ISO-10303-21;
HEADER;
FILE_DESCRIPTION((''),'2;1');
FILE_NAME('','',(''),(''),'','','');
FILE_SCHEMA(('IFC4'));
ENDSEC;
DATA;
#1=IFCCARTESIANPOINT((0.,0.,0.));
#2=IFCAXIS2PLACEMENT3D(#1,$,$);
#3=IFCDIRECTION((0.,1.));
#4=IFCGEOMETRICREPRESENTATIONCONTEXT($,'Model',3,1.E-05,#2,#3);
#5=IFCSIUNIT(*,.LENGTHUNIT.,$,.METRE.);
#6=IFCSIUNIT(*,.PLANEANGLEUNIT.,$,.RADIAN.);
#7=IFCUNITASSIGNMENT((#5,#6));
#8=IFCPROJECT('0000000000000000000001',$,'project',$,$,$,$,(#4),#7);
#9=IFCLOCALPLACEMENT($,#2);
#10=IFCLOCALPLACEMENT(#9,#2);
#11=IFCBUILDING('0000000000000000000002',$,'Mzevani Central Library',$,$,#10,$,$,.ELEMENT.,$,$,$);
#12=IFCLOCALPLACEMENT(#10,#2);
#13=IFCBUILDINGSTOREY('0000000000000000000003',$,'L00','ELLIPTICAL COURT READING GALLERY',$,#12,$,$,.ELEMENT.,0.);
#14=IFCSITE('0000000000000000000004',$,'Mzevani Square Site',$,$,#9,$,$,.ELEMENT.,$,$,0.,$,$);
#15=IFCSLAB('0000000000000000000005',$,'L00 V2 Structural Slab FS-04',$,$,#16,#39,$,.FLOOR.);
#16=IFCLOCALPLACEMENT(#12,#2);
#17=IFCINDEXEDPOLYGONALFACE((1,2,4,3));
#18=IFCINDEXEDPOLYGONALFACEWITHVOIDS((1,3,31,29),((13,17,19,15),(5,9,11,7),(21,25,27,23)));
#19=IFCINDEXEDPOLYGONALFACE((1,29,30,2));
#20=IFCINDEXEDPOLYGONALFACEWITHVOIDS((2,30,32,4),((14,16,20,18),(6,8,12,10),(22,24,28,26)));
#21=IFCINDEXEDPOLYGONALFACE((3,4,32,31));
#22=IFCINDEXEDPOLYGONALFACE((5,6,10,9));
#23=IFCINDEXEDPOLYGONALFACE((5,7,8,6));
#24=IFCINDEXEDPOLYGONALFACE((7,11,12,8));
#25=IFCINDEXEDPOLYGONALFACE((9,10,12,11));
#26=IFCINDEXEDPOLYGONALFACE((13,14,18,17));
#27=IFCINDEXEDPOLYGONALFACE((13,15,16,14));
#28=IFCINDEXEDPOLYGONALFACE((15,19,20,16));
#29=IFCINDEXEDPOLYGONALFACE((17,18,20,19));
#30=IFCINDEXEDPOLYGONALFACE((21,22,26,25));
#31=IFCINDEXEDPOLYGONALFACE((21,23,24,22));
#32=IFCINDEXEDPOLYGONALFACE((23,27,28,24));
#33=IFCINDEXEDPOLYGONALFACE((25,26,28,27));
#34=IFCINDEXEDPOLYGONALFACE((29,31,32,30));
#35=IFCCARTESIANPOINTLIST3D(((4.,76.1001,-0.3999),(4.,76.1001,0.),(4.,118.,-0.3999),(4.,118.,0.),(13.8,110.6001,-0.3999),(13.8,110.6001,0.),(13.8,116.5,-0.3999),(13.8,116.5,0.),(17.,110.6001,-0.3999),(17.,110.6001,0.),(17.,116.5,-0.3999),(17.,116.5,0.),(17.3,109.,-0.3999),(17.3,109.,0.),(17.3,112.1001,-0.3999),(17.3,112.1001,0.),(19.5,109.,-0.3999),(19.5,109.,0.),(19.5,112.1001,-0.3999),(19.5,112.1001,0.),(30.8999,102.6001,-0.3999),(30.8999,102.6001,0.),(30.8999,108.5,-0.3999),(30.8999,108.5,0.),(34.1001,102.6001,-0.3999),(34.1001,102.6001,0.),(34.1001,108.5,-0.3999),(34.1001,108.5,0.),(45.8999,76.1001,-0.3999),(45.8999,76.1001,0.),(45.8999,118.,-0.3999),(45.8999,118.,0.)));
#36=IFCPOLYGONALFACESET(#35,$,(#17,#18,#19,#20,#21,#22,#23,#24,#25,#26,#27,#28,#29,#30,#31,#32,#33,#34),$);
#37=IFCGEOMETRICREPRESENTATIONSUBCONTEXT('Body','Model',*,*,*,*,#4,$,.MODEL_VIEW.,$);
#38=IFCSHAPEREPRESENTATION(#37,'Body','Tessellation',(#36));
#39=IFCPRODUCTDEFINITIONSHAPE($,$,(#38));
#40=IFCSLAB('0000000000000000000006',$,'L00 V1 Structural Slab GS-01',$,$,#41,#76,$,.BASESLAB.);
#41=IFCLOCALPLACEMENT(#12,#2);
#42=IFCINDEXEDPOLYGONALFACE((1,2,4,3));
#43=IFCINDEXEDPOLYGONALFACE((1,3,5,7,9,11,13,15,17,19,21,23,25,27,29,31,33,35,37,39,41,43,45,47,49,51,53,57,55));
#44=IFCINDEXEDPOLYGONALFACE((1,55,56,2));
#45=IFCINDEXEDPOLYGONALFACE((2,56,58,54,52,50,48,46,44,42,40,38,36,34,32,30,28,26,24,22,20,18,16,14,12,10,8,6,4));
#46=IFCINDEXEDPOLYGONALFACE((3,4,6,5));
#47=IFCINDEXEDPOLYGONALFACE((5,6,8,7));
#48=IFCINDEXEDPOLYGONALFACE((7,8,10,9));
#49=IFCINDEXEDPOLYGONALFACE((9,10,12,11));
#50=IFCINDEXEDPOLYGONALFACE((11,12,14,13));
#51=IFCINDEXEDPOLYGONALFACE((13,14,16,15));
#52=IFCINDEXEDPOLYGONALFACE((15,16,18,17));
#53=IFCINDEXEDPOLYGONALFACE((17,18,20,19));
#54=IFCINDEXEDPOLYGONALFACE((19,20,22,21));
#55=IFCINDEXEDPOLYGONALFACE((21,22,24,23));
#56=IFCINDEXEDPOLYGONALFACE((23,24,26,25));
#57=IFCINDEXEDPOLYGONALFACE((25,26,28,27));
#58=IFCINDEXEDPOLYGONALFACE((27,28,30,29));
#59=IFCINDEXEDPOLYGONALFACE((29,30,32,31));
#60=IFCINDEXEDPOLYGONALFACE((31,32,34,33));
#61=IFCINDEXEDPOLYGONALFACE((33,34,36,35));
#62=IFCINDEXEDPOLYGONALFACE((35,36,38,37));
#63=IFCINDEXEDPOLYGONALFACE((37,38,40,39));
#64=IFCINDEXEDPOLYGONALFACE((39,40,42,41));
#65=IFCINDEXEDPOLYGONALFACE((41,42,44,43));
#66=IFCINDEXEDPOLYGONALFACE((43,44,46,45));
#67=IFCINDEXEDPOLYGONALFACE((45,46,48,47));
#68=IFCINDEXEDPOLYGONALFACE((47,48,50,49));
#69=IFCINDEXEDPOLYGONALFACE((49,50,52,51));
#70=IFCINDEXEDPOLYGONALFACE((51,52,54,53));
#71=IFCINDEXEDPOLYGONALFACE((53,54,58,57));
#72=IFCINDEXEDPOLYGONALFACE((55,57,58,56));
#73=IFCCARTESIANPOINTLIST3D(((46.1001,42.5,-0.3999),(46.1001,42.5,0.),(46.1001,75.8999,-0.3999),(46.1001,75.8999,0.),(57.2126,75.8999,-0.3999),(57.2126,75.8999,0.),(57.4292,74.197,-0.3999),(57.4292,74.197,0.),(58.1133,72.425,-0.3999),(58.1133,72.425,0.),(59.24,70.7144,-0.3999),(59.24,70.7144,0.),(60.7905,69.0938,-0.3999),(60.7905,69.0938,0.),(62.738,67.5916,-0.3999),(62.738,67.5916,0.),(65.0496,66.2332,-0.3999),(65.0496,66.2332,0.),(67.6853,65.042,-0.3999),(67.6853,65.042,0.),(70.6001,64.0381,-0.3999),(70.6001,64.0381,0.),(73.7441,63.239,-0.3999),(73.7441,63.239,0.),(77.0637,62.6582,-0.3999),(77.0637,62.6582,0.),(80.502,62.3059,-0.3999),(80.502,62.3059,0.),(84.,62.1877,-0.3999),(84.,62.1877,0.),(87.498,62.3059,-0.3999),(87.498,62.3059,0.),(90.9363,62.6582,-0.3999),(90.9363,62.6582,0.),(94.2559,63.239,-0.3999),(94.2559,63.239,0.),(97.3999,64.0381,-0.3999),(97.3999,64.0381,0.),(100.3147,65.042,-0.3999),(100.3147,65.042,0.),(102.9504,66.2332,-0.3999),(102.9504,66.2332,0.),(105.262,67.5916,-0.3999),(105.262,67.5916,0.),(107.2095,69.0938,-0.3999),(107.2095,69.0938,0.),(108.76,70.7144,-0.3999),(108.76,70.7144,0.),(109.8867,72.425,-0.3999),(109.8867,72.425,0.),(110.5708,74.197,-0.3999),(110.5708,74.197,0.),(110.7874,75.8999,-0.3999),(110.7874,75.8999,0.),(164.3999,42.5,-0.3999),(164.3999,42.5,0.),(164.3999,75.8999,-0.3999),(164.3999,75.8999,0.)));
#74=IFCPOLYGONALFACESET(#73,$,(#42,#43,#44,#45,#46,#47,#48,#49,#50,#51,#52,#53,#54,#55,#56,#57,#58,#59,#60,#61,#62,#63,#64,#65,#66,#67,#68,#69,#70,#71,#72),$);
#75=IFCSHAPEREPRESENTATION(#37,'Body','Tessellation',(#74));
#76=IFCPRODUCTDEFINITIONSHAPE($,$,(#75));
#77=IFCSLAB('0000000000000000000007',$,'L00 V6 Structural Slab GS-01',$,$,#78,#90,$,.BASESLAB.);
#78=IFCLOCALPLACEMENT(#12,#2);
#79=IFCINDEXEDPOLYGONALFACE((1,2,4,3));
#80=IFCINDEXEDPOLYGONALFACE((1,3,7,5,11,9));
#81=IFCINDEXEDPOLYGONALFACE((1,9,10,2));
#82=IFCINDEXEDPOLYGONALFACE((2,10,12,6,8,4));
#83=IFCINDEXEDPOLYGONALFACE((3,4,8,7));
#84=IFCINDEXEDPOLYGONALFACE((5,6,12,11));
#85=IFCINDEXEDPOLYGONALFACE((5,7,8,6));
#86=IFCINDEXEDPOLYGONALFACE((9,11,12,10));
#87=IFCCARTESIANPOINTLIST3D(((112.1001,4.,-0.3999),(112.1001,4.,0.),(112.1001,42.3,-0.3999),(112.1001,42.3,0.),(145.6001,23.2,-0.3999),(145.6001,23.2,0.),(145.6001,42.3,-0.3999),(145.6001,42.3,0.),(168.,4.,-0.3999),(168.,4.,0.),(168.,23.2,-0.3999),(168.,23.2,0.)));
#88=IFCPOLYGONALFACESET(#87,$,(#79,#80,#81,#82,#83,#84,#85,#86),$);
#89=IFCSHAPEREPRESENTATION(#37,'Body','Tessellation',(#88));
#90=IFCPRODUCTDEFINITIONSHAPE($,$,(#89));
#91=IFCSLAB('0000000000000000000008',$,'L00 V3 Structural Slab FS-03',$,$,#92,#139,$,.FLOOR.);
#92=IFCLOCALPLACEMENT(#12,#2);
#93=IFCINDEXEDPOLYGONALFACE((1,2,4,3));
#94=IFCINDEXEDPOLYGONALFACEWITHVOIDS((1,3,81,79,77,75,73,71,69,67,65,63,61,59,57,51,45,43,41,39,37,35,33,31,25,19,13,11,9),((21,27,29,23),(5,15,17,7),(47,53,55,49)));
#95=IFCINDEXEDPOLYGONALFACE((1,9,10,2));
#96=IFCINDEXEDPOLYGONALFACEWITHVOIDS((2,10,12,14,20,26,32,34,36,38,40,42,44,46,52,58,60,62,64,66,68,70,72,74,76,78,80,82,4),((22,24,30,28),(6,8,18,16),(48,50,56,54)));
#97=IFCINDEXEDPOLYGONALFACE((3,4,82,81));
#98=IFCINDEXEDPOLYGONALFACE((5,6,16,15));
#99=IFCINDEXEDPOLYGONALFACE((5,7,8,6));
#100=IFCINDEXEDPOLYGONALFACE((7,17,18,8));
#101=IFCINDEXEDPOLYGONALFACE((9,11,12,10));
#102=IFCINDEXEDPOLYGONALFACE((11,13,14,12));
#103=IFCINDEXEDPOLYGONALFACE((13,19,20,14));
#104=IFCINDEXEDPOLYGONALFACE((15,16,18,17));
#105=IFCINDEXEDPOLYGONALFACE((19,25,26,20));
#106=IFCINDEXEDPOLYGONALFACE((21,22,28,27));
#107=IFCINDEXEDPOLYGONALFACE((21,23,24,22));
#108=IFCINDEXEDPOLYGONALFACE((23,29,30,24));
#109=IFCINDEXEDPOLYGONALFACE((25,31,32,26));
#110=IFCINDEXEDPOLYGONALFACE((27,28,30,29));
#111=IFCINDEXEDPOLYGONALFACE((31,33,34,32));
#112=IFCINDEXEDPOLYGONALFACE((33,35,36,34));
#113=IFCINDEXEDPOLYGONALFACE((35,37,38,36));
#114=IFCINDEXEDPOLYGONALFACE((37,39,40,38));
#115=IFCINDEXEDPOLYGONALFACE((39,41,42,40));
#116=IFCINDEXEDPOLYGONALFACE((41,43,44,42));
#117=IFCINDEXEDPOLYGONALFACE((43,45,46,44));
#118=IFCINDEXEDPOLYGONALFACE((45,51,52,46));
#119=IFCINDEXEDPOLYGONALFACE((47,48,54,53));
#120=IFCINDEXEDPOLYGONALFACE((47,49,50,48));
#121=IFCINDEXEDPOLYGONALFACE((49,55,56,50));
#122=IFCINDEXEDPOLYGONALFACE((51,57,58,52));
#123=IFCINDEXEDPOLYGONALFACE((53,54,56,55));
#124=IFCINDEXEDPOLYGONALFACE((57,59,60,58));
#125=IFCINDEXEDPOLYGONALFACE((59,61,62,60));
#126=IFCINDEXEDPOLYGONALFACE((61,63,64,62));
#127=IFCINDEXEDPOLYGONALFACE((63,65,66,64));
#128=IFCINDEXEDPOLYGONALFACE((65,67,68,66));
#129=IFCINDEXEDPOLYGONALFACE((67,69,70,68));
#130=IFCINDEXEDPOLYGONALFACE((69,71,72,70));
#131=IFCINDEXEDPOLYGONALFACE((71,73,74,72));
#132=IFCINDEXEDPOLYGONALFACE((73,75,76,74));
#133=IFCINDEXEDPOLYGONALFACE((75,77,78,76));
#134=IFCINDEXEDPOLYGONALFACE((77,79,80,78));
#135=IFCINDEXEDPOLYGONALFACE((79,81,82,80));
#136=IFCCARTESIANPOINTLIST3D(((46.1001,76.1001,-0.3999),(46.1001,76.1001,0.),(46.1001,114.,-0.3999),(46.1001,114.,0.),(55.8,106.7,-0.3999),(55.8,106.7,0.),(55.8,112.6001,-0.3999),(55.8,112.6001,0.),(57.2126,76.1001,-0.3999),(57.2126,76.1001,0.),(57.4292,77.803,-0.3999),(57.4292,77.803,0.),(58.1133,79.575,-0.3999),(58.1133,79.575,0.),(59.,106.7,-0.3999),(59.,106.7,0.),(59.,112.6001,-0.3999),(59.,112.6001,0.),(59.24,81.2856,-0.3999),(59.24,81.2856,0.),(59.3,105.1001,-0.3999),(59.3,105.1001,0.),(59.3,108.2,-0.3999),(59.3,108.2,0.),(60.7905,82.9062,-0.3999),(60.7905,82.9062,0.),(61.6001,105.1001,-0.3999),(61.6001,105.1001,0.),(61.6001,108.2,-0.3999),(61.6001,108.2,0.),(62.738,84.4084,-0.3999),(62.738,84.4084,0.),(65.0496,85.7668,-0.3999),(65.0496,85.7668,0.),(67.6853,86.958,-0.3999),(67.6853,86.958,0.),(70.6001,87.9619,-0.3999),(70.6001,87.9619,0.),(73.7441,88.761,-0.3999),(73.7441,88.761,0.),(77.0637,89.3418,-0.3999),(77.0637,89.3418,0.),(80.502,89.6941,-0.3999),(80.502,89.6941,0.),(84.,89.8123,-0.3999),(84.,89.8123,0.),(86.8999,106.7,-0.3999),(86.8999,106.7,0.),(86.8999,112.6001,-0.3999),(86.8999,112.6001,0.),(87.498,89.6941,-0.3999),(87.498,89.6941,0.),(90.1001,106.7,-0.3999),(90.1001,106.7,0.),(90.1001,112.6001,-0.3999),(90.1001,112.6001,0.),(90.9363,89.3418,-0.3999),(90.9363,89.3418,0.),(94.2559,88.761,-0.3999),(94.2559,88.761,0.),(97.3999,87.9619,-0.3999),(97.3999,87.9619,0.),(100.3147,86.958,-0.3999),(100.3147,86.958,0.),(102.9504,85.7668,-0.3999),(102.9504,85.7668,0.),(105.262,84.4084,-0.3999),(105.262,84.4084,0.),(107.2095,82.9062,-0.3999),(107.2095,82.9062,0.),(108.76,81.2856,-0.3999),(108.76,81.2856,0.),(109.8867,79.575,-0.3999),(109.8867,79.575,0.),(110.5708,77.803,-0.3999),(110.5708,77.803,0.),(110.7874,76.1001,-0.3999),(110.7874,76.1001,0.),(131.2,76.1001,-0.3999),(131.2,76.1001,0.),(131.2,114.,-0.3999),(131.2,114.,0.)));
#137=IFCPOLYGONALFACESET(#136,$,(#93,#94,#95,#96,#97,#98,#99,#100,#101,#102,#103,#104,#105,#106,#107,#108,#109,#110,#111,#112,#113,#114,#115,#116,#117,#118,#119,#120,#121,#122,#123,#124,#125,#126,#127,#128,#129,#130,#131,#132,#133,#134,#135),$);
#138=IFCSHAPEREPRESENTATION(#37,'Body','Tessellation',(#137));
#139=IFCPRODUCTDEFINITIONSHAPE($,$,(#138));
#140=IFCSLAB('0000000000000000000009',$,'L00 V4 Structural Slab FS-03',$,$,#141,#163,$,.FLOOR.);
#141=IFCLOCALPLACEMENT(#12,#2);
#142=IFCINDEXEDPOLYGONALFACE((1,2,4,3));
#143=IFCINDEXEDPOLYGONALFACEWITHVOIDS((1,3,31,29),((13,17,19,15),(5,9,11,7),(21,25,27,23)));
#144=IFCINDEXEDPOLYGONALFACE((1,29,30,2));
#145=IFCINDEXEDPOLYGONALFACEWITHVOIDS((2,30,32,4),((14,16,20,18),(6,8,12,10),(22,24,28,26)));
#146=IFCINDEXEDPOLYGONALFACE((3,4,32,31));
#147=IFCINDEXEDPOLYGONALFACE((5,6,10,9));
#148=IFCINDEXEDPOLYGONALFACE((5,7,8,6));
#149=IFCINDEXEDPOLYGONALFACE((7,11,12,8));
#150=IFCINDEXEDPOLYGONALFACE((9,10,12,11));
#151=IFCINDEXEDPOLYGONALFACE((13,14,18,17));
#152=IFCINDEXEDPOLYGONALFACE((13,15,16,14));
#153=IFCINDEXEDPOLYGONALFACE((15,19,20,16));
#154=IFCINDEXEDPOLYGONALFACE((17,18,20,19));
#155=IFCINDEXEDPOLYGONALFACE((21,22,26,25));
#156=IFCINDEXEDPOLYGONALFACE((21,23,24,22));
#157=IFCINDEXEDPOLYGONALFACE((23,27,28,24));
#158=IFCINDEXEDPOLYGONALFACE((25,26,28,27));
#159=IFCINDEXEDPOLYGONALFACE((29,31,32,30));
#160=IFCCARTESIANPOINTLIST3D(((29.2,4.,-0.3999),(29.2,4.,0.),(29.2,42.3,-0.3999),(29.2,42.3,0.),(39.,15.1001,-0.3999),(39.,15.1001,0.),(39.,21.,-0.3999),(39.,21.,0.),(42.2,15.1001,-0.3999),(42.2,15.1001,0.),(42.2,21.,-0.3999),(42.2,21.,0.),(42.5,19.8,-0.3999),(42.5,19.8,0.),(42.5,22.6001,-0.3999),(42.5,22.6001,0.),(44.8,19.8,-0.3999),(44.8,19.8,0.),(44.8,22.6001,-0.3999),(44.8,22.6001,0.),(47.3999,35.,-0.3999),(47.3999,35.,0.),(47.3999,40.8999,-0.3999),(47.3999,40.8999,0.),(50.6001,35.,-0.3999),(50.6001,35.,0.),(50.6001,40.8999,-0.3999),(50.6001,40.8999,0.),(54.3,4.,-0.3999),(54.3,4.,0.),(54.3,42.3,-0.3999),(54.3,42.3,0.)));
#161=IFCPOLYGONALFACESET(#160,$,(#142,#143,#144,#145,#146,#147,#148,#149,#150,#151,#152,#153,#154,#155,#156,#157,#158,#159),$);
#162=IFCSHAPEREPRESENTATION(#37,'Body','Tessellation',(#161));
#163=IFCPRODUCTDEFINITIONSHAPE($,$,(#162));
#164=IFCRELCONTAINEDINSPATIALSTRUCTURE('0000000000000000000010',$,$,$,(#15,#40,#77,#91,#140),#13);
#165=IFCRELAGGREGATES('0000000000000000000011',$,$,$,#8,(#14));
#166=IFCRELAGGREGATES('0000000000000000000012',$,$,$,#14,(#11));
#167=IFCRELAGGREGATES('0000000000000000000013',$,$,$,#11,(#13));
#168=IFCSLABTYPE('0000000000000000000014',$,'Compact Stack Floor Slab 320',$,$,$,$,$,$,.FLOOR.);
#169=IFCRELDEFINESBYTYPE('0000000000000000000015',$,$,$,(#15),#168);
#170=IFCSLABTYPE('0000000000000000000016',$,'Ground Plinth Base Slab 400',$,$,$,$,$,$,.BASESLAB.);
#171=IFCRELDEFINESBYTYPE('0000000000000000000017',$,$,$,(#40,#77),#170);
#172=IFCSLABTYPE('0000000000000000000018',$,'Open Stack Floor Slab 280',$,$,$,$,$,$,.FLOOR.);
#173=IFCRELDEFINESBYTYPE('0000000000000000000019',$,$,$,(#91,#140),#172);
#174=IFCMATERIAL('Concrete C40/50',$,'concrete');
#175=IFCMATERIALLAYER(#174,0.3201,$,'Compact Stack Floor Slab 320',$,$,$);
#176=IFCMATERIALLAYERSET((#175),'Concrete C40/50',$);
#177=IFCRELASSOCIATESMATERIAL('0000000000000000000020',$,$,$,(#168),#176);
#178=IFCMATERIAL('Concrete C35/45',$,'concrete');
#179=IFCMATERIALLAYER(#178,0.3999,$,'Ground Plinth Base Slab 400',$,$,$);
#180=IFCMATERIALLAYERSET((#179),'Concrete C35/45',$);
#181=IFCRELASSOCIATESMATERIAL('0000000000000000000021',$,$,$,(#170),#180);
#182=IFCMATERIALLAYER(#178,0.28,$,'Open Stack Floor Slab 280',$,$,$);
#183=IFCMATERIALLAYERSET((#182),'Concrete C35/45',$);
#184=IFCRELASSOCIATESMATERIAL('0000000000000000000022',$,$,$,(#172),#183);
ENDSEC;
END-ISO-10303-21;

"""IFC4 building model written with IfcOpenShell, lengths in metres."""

from ifc_helpers import new_model, si_unit, direction, frame, origin, place, context, subcontext, project, spatial, polyline, outline, extrude, material, layer, layer_set, type_object, element, save


model = new_model("IFC4")

# Units and contexts
model_context = context("Model", 3, precision=1e-05, world=origin(), true_north=direction((0.0, 1.0)))
body_context = subcontext(model_context, "Body", "Model", "MODEL_VIEW")
ifc_project = project(units=[si_unit("LENGTHUNIT", "METRE"), si_unit("PLANEANGLEUNIT", "RADIAN")], contexts=[model_context])

# Site, building, storey
site_placement = place(None, origin())
site = spatial("IfcSite", under=ifc_project, at=site_placement, Name="Mzevani Square Site", CompositionType="ELEMENT", RefElevation=0.0)
building_placement = place(site_placement, origin())
building = spatial("IfcBuilding", under=site, at=building_placement, Name="Mzevani Central Library", CompositionType="ELEMENT")
storey_placement = place(building_placement, origin())
storey = spatial("IfcBuildingStorey", under=building, at=storey_placement, Name="L00", Description="ELLIPTICAL COURT READING GALLERY", CompositionType="ELEMENT", Elevation=0.0)

# Slabs
ifc_material_1 = material(Name="Concrete C35/45", Category="concrete")
ifc_material_2 = material(Name="Concrete C40/50", Category="concrete")
ifc_layer_1 = layer(ifc_material_2, 0.3201, Name="Compact Stack Floor Slab 320")
ifc_layer_set_1 = layer_set([ifc_layer_1], Name="Concrete C40/50")
slab_type_1 = type_object("IfcSlabType", Name="Compact Stack Floor Slab 320", PredefinedType="FLOOR", material=ifc_layer_set_1)
slab_1_placement = place(storey_placement, frame((0.0, 0.0, -0.3999)))
element("IfcSlab", 1, at=slab_1_placement, inside=storey, type_object=slab_type_1, Name="L00 V2 Structural Slab FS-04", PredefinedType="FLOOR", context=body_context, shape_type="SweptSolid", body=[
    extrude(outline(polyline([(45.8999, 76.1001), (4.0, 76.1001), (4.0, 118.0), (45.8999, 118.0), (45.8999, 76.1001)]), holes=[polyline([(17.0, 110.6001), (17.0, 116.5), (13.8, 116.5), (13.8, 110.6001), (17.0, 110.6001)]), polyline([(17.3, 109.0), (19.5, 109.0), (19.5, 112.1001), (17.3, 112.1001), (17.3, 109.0)]), polyline([(30.8999, 108.5), (30.8999, 102.6001), (34.1001, 102.6001), (34.1001, 108.5), (30.8999, 108.5)])]), origin(), (0.0, 0.0, 1.0), 0.3999),
])
ifc_layer_2 = layer(ifc_material_1, 0.3999, Name="Ground Plinth Base Slab 400")
ifc_layer_set_2 = layer_set([ifc_layer_2], Name="Concrete C35/45")
slab_type_2 = type_object("IfcSlabType", Name="Ground Plinth Base Slab 400", PredefinedType="BASESLAB", material=ifc_layer_set_2)
slab_2_placement = place(storey_placement, frame((0.0, 0.0, -0.3999)))
element("IfcSlab", 2, at=slab_2_placement, inside=storey, type_object=slab_type_2, Name="L00 V1 Structural Slab GS-01", PredefinedType="BASESLAB", context=body_context, shape_type="SweptSolid", body=[
    extrude(outline(polyline([(164.3999, 75.8999), (164.3999, 42.5), (46.1001, 42.5), (46.1001, 75.8999), (57.2126, 75.8999), (57.4292, 74.197), (58.1133, 72.425), (59.24, 70.7144), (60.7905, 69.0938), (62.738, 67.5916), (65.0496, 66.2332), (67.6853, 65.042), (70.6001, 64.0381), (73.7441, 63.239), (77.0637, 62.6582), (80.502, 62.3059), (84.0, 62.1877), (87.498, 62.3059), (90.9363, 62.6582), (94.2559, 63.239), (97.3999, 64.0381), (100.3147, 65.042), (102.9504, 66.2332), (105.262, 67.5916), (107.2095, 69.0938), (108.76, 70.7144), (109.8867, 72.425), (110.5708, 74.197), (110.7874, 75.8999), (164.3999, 75.8999)])), origin(), (0.0, 0.0, 1.0), 0.3999),
])
slab_3_placement = place(storey_placement, frame((0.0, 0.0, -0.3999)))
element("IfcSlab", 3, at=slab_3_placement, inside=storey, type_object=slab_type_2, Name="L00 V6 Structural Slab GS-01", PredefinedType="BASESLAB", context=body_context, shape_type="SweptSolid", body=[
    extrude(outline(polyline([(168.0, 23.2), (168.0, 4.0), (112.1001, 4.0), (112.1001, 42.3), (145.6001, 42.3), (145.6001, 23.2), (168.0, 23.2)])), origin(), (0.0, 0.0, 1.0), 0.3999),
])
ifc_layer_3 = layer(ifc_material_1, 0.28, Name="Open Stack Floor Slab 280")
ifc_layer_set_3 = layer_set([ifc_layer_3], Name="Concrete C35/45")
slab_type_3 = type_object("IfcSlabType", Name="Open Stack Floor Slab 280", PredefinedType="FLOOR", material=ifc_layer_set_3)
slab_4_placement = place(storey_placement, frame((0.0, 0.0, -0.3999)))
element("IfcSlab", 4, at=slab_4_placement, inside=storey, type_object=slab_type_3, Name="L00 V3 Structural Slab FS-03", PredefinedType="FLOOR", context=body_context, shape_type="SweptSolid", body=[
    extrude(outline(polyline([(46.1001, 76.1001), (46.1001, 114.0), (131.2, 114.0), (131.2, 76.1001), (110.7874, 76.1001), (110.5708, 77.803), (109.8867, 79.575), (108.76, 81.2856), (107.2095, 82.9062), (105.262, 84.4084), (102.9504, 85.7668), (100.3147, 86.958), (97.3999, 87.9619), (94.2559, 88.761), (90.9363, 89.3418), (87.498, 89.6941), (84.0, 89.8123), (80.502, 89.6941), (77.0637, 89.3418), (73.7441, 88.761), (70.6001, 87.9619), (67.6853, 86.958), (65.0496, 85.7668), (62.738, 84.4084), (60.7905, 82.9062), (59.24, 81.2856), (58.1133, 79.575), (57.4292, 77.803), (57.2126, 76.1001), (46.1001, 76.1001)]), holes=[polyline([(59.0, 106.7), (59.0, 112.6001), (55.8, 112.6001), (55.8, 106.7), (59.0, 106.7)]), polyline([(59.3, 105.1001), (61.6001, 105.1001), (61.6001, 108.2), (59.3, 108.2), (59.3, 105.1001)]), polyline([(90.1001, 106.7), (90.1001, 112.6001), (86.8999, 112.6001), (86.8999, 106.7), (90.1001, 106.7)])]), origin(), (0.0, 0.0, 1.0), 0.3999),
])
slab_5_placement = place(storey_placement, frame((0.0, 0.0, -0.3999)))
element("IfcSlab", 5, at=slab_5_placement, inside=storey, type_object=slab_type_3, Name="L00 V4 Structural Slab FS-03", PredefinedType="FLOOR", context=body_context, shape_type="SweptSolid", body=[
    extrude(outline(polyline([(54.3, 4.0), (29.2, 4.0), (29.2, 42.3), (54.3, 42.3), (54.3, 4.0)]), holes=[polyline([(39.0, 21.0), (39.0, 15.1001), (42.2, 15.1001), (42.2, 21.0), (39.0, 21.0)]), polyline([(42.5, 19.8), (44.8, 19.8), (44.8, 22.6001), (42.5, 22.6001), (42.5, 19.8)]), polyline([(50.6001, 35.0), (50.6001, 40.8999), (47.3999, 40.8999), (47.3999, 35.0), (50.6001, 35.0)])]), origin(), (0.0, 0.0, 1.0), 0.3999),
])

save(model, "model.ifc")
